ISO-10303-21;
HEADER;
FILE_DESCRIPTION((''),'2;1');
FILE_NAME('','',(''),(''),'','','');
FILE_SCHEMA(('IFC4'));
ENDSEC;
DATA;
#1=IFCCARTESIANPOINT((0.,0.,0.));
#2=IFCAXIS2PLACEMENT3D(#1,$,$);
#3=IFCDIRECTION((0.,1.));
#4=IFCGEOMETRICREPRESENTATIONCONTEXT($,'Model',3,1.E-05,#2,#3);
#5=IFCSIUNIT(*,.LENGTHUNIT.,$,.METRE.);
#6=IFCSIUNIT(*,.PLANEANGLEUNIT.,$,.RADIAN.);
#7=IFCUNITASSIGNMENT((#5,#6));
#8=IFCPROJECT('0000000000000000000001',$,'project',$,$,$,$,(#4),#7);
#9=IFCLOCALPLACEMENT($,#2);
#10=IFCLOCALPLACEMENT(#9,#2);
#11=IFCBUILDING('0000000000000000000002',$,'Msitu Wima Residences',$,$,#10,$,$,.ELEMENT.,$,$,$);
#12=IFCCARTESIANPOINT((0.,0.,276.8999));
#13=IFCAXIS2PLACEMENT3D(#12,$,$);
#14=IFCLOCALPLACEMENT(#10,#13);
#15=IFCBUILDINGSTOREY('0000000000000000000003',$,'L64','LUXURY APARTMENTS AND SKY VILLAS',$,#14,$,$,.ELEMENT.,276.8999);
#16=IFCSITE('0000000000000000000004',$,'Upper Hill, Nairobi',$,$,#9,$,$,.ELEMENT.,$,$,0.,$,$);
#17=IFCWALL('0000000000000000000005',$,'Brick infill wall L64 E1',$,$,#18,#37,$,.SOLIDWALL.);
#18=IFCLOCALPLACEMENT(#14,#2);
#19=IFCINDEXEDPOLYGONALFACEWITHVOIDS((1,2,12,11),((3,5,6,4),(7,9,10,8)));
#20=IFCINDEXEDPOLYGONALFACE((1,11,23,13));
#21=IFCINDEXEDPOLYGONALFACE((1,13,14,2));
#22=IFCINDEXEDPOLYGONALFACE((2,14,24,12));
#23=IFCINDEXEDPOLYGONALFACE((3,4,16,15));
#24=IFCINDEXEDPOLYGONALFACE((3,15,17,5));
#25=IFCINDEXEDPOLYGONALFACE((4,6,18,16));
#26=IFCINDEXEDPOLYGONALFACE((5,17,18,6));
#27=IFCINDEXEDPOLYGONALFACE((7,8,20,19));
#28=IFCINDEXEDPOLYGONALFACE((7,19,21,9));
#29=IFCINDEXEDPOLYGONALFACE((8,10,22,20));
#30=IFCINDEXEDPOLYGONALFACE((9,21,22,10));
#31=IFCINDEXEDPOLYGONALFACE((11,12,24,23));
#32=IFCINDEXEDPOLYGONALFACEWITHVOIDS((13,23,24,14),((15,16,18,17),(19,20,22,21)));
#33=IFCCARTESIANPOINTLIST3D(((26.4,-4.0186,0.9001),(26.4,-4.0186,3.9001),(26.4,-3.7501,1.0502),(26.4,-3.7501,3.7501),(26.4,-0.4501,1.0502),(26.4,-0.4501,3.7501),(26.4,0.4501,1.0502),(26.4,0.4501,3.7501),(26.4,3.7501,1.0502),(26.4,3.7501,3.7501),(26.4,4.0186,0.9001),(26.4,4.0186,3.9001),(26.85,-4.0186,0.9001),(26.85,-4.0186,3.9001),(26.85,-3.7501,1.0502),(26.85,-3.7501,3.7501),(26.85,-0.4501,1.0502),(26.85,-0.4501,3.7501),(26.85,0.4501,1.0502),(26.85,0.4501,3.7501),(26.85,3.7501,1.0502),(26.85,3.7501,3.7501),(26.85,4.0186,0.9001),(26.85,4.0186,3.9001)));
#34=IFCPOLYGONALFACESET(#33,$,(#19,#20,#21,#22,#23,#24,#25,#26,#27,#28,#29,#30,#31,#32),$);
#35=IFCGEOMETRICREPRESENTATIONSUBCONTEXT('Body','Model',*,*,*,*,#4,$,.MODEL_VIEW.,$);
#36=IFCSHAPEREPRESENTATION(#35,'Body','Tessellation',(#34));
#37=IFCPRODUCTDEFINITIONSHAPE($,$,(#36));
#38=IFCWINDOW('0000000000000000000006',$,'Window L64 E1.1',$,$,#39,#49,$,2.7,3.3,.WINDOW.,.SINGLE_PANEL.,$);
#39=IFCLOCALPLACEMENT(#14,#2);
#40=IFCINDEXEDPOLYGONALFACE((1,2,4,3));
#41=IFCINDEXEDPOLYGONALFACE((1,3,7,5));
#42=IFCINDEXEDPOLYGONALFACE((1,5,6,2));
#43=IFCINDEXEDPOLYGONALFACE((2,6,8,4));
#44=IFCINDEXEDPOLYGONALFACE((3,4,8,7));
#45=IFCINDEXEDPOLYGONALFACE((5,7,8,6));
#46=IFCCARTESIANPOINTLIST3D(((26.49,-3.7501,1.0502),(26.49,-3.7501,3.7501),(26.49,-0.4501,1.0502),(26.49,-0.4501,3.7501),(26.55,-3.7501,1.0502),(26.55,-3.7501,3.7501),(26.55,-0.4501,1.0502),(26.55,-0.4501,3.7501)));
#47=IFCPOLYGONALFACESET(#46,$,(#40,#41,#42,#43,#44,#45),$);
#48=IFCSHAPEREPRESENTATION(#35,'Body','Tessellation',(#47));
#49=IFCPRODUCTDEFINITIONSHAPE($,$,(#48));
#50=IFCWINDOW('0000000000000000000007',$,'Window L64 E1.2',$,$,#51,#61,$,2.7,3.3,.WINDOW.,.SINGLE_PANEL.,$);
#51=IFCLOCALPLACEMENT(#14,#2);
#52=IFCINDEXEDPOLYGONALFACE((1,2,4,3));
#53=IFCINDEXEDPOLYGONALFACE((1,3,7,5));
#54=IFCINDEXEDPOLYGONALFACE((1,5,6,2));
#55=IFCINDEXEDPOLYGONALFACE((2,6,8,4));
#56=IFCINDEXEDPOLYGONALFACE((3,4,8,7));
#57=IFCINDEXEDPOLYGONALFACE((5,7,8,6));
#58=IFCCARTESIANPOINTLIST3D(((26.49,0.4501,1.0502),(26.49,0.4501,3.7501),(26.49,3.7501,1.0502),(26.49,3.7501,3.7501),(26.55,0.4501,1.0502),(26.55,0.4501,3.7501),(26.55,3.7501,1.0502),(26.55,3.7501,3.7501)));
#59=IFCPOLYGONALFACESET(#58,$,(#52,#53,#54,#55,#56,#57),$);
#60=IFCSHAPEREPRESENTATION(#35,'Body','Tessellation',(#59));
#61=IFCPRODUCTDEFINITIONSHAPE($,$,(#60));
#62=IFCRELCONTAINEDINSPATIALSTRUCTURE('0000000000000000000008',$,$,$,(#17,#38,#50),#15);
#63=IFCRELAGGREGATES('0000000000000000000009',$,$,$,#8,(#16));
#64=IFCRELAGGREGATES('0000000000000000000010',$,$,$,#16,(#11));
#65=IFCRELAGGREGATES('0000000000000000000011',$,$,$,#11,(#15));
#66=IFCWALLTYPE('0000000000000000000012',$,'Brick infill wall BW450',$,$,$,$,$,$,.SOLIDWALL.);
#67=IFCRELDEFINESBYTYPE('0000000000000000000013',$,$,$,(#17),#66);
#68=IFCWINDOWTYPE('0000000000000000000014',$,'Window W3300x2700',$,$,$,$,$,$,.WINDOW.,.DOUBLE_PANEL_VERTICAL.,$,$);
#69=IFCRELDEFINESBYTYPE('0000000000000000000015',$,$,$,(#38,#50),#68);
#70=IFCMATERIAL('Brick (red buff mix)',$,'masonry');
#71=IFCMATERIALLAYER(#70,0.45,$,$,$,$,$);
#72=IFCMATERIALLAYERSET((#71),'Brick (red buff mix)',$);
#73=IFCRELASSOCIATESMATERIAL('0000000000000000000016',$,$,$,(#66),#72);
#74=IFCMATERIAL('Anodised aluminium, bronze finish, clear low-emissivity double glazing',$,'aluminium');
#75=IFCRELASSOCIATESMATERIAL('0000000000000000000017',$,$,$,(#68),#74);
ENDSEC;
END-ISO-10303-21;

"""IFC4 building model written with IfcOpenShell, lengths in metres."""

from ifc_helpers import new_model, si_unit, direction, frame, frame_2d, origin, place, context, subcontext, project, spatial, rectangle, extrude, material, layer, layer_set, type_object, element, fill, save


model = new_model("IFC4")

# Units and contexts
model_context = context("Model", 3, precision=1e-05, world=origin(), true_north=direction((0.0, 1.0)))
body_context = subcontext(model_context, "Body", "Model", "MODEL_VIEW")
ifc_project = project(units=[si_unit("LENGTHUNIT", "METRE"), si_unit("PLANEANGLEUNIT", "RADIAN")], contexts=[model_context])

# Site, building, storey
site_placement = place(None, origin())
site = spatial("IfcSite", under=ifc_project, at=site_placement, Name="Upper Hill, Nairobi", CompositionType="ELEMENT", RefElevation=0.0)
building_placement = place(site_placement, origin())
building = spatial("IfcBuilding", under=site, at=building_placement, Name="Msitu Wima Residences", CompositionType="ELEMENT")
storey_placement = place(building_placement, frame((0.0, 0.0, 276.8999)))
storey = spatial("IfcBuildingStorey", under=building, at=storey_placement, Name="L64", Description="LUXURY APARTMENTS AND SKY VILLAS", CompositionType="ELEMENT", Elevation=276.8999)

# Shared definitions
ifc_material_1 = material(Name="Brick (red buff mix)", Category="masonry")
ifc_layer_1 = layer(ifc_material_1, 0.45)
ifc_layer_set_1 = layer_set([ifc_layer_1], Name="Brick (red buff mix)")
wall_type_1 = type_object("IfcWallType", Name="Brick infill wall BW450", PredefinedType="SOLIDWALL", material=ifc_layer_set_1)
ifc_material_2 = material(Name="Anodised aluminium, bronze finish, clear low-emissivity double glazing", Category="aluminium")
window_type = type_object("IfcWindowType", Name="Window W3300x2700", PartitioningType="DOUBLE_PANEL_VERTICAL", PredefinedType="WINDOW", material=ifc_material_2)

# Wall, openings, windows
wall_1_placement = place(storey_placement, frame((26.625, -4.0186, 0.9001), z_axis=(0.0, 0.0, 1.0), x_axis=(0.0, 1.0, 0.0)))
wall_1 = element("IfcWall", 1, at=wall_1_placement, inside=storey, type_object=wall_type_1, Name="Brick infill wall L64 E1", PredefinedType="SOLIDWALL", context=body_context, shape_type="SweptSolid", body=[
    extrude(rectangle(XDim=8.0371, YDim=0.45, at=frame_2d((4.0186, 0.0))), origin(), (0.0, 0.0, 1.0), 3.0),
])
opening_1_placement = place(wall_1_placement, frame((0.2686, 0.0, 0.1499)))
opening_1 = element("IfcOpeningElement", 2, at=opening_1_placement, cuts=wall_1, PredefinedType="OPENING", context=body_context, shape_type="SweptSolid", body=[
    extrude(rectangle(XDim=3.3, YDim=2.7, at=frame_2d((1.6499, 1.3501))), frame((0.0, 0.2349, 0.0), z_axis=(0.0, -1.0, 0.0), x_axis=(1.0, 0.0, 0.0)), (0.0, 0.0, 1.0), 0.47),
])
opening_2_placement = place(wall_1_placement, frame((4.4688, 0.0, 0.1499)))
opening_2 = element("IfcOpeningElement", 3, at=opening_2_placement, cuts=wall_1, PredefinedType="OPENING", context=body_context, shape_type="SweptSolid", body=[
    extrude(rectangle(XDim=3.3, YDim=2.7, at=frame_2d((1.6499, 1.3501))), frame((0.0, 0.2349, 0.0), z_axis=(0.0, -1.0, 0.0), x_axis=(1.0, 0.0, 0.0)), (0.0, 0.0, 1.0), 0.47),
])
window_1_placement = place(opening_1_placement, origin())
window_1 = element("IfcWindow", 4, at=window_1_placement, inside=storey, type_object=window_type, Name="Window L64 E1.1", OverallHeight=2.7, OverallWidth=3.3, PartitioningType="SINGLE_PANEL", PredefinedType="WINDOW", context=body_context, shape_type="SweptSolid", body=[
    extrude(rectangle(XDim=3.3, YDim=2.7, at=frame_2d((1.6499, 1.3501))), frame((0.0, 0.135, 0.0), z_axis=(0.0, -1.0, 0.0), x_axis=(1.0, 0.0, 0.0)), (0.0, 0.0, 1.0), 0.0601),
])
fill(opening_1, window_1)
window_2_placement = place(opening_2_placement, origin())
window_2 = element("IfcWindow", 5, at=window_2_placement, inside=storey, type_object=window_type, Name="Window L64 E1.2", OverallHeight=2.7, OverallWidth=3.3, PartitioningType="SINGLE_PANEL", PredefinedType="WINDOW", context=body_context, shape_type="SweptSolid", body=[
    extrude(rectangle(XDim=3.3, YDim=2.7, at=frame_2d((1.6499, 1.3501))), frame((0.0, 0.135, 0.0), z_axis=(0.0, -1.0, 0.0), x_axis=(1.0, 0.0, 0.0)), (0.0, 0.0, 1.0), 0.0601),
])
fill(opening_2, window_2)

save(model, "model.ifc")
